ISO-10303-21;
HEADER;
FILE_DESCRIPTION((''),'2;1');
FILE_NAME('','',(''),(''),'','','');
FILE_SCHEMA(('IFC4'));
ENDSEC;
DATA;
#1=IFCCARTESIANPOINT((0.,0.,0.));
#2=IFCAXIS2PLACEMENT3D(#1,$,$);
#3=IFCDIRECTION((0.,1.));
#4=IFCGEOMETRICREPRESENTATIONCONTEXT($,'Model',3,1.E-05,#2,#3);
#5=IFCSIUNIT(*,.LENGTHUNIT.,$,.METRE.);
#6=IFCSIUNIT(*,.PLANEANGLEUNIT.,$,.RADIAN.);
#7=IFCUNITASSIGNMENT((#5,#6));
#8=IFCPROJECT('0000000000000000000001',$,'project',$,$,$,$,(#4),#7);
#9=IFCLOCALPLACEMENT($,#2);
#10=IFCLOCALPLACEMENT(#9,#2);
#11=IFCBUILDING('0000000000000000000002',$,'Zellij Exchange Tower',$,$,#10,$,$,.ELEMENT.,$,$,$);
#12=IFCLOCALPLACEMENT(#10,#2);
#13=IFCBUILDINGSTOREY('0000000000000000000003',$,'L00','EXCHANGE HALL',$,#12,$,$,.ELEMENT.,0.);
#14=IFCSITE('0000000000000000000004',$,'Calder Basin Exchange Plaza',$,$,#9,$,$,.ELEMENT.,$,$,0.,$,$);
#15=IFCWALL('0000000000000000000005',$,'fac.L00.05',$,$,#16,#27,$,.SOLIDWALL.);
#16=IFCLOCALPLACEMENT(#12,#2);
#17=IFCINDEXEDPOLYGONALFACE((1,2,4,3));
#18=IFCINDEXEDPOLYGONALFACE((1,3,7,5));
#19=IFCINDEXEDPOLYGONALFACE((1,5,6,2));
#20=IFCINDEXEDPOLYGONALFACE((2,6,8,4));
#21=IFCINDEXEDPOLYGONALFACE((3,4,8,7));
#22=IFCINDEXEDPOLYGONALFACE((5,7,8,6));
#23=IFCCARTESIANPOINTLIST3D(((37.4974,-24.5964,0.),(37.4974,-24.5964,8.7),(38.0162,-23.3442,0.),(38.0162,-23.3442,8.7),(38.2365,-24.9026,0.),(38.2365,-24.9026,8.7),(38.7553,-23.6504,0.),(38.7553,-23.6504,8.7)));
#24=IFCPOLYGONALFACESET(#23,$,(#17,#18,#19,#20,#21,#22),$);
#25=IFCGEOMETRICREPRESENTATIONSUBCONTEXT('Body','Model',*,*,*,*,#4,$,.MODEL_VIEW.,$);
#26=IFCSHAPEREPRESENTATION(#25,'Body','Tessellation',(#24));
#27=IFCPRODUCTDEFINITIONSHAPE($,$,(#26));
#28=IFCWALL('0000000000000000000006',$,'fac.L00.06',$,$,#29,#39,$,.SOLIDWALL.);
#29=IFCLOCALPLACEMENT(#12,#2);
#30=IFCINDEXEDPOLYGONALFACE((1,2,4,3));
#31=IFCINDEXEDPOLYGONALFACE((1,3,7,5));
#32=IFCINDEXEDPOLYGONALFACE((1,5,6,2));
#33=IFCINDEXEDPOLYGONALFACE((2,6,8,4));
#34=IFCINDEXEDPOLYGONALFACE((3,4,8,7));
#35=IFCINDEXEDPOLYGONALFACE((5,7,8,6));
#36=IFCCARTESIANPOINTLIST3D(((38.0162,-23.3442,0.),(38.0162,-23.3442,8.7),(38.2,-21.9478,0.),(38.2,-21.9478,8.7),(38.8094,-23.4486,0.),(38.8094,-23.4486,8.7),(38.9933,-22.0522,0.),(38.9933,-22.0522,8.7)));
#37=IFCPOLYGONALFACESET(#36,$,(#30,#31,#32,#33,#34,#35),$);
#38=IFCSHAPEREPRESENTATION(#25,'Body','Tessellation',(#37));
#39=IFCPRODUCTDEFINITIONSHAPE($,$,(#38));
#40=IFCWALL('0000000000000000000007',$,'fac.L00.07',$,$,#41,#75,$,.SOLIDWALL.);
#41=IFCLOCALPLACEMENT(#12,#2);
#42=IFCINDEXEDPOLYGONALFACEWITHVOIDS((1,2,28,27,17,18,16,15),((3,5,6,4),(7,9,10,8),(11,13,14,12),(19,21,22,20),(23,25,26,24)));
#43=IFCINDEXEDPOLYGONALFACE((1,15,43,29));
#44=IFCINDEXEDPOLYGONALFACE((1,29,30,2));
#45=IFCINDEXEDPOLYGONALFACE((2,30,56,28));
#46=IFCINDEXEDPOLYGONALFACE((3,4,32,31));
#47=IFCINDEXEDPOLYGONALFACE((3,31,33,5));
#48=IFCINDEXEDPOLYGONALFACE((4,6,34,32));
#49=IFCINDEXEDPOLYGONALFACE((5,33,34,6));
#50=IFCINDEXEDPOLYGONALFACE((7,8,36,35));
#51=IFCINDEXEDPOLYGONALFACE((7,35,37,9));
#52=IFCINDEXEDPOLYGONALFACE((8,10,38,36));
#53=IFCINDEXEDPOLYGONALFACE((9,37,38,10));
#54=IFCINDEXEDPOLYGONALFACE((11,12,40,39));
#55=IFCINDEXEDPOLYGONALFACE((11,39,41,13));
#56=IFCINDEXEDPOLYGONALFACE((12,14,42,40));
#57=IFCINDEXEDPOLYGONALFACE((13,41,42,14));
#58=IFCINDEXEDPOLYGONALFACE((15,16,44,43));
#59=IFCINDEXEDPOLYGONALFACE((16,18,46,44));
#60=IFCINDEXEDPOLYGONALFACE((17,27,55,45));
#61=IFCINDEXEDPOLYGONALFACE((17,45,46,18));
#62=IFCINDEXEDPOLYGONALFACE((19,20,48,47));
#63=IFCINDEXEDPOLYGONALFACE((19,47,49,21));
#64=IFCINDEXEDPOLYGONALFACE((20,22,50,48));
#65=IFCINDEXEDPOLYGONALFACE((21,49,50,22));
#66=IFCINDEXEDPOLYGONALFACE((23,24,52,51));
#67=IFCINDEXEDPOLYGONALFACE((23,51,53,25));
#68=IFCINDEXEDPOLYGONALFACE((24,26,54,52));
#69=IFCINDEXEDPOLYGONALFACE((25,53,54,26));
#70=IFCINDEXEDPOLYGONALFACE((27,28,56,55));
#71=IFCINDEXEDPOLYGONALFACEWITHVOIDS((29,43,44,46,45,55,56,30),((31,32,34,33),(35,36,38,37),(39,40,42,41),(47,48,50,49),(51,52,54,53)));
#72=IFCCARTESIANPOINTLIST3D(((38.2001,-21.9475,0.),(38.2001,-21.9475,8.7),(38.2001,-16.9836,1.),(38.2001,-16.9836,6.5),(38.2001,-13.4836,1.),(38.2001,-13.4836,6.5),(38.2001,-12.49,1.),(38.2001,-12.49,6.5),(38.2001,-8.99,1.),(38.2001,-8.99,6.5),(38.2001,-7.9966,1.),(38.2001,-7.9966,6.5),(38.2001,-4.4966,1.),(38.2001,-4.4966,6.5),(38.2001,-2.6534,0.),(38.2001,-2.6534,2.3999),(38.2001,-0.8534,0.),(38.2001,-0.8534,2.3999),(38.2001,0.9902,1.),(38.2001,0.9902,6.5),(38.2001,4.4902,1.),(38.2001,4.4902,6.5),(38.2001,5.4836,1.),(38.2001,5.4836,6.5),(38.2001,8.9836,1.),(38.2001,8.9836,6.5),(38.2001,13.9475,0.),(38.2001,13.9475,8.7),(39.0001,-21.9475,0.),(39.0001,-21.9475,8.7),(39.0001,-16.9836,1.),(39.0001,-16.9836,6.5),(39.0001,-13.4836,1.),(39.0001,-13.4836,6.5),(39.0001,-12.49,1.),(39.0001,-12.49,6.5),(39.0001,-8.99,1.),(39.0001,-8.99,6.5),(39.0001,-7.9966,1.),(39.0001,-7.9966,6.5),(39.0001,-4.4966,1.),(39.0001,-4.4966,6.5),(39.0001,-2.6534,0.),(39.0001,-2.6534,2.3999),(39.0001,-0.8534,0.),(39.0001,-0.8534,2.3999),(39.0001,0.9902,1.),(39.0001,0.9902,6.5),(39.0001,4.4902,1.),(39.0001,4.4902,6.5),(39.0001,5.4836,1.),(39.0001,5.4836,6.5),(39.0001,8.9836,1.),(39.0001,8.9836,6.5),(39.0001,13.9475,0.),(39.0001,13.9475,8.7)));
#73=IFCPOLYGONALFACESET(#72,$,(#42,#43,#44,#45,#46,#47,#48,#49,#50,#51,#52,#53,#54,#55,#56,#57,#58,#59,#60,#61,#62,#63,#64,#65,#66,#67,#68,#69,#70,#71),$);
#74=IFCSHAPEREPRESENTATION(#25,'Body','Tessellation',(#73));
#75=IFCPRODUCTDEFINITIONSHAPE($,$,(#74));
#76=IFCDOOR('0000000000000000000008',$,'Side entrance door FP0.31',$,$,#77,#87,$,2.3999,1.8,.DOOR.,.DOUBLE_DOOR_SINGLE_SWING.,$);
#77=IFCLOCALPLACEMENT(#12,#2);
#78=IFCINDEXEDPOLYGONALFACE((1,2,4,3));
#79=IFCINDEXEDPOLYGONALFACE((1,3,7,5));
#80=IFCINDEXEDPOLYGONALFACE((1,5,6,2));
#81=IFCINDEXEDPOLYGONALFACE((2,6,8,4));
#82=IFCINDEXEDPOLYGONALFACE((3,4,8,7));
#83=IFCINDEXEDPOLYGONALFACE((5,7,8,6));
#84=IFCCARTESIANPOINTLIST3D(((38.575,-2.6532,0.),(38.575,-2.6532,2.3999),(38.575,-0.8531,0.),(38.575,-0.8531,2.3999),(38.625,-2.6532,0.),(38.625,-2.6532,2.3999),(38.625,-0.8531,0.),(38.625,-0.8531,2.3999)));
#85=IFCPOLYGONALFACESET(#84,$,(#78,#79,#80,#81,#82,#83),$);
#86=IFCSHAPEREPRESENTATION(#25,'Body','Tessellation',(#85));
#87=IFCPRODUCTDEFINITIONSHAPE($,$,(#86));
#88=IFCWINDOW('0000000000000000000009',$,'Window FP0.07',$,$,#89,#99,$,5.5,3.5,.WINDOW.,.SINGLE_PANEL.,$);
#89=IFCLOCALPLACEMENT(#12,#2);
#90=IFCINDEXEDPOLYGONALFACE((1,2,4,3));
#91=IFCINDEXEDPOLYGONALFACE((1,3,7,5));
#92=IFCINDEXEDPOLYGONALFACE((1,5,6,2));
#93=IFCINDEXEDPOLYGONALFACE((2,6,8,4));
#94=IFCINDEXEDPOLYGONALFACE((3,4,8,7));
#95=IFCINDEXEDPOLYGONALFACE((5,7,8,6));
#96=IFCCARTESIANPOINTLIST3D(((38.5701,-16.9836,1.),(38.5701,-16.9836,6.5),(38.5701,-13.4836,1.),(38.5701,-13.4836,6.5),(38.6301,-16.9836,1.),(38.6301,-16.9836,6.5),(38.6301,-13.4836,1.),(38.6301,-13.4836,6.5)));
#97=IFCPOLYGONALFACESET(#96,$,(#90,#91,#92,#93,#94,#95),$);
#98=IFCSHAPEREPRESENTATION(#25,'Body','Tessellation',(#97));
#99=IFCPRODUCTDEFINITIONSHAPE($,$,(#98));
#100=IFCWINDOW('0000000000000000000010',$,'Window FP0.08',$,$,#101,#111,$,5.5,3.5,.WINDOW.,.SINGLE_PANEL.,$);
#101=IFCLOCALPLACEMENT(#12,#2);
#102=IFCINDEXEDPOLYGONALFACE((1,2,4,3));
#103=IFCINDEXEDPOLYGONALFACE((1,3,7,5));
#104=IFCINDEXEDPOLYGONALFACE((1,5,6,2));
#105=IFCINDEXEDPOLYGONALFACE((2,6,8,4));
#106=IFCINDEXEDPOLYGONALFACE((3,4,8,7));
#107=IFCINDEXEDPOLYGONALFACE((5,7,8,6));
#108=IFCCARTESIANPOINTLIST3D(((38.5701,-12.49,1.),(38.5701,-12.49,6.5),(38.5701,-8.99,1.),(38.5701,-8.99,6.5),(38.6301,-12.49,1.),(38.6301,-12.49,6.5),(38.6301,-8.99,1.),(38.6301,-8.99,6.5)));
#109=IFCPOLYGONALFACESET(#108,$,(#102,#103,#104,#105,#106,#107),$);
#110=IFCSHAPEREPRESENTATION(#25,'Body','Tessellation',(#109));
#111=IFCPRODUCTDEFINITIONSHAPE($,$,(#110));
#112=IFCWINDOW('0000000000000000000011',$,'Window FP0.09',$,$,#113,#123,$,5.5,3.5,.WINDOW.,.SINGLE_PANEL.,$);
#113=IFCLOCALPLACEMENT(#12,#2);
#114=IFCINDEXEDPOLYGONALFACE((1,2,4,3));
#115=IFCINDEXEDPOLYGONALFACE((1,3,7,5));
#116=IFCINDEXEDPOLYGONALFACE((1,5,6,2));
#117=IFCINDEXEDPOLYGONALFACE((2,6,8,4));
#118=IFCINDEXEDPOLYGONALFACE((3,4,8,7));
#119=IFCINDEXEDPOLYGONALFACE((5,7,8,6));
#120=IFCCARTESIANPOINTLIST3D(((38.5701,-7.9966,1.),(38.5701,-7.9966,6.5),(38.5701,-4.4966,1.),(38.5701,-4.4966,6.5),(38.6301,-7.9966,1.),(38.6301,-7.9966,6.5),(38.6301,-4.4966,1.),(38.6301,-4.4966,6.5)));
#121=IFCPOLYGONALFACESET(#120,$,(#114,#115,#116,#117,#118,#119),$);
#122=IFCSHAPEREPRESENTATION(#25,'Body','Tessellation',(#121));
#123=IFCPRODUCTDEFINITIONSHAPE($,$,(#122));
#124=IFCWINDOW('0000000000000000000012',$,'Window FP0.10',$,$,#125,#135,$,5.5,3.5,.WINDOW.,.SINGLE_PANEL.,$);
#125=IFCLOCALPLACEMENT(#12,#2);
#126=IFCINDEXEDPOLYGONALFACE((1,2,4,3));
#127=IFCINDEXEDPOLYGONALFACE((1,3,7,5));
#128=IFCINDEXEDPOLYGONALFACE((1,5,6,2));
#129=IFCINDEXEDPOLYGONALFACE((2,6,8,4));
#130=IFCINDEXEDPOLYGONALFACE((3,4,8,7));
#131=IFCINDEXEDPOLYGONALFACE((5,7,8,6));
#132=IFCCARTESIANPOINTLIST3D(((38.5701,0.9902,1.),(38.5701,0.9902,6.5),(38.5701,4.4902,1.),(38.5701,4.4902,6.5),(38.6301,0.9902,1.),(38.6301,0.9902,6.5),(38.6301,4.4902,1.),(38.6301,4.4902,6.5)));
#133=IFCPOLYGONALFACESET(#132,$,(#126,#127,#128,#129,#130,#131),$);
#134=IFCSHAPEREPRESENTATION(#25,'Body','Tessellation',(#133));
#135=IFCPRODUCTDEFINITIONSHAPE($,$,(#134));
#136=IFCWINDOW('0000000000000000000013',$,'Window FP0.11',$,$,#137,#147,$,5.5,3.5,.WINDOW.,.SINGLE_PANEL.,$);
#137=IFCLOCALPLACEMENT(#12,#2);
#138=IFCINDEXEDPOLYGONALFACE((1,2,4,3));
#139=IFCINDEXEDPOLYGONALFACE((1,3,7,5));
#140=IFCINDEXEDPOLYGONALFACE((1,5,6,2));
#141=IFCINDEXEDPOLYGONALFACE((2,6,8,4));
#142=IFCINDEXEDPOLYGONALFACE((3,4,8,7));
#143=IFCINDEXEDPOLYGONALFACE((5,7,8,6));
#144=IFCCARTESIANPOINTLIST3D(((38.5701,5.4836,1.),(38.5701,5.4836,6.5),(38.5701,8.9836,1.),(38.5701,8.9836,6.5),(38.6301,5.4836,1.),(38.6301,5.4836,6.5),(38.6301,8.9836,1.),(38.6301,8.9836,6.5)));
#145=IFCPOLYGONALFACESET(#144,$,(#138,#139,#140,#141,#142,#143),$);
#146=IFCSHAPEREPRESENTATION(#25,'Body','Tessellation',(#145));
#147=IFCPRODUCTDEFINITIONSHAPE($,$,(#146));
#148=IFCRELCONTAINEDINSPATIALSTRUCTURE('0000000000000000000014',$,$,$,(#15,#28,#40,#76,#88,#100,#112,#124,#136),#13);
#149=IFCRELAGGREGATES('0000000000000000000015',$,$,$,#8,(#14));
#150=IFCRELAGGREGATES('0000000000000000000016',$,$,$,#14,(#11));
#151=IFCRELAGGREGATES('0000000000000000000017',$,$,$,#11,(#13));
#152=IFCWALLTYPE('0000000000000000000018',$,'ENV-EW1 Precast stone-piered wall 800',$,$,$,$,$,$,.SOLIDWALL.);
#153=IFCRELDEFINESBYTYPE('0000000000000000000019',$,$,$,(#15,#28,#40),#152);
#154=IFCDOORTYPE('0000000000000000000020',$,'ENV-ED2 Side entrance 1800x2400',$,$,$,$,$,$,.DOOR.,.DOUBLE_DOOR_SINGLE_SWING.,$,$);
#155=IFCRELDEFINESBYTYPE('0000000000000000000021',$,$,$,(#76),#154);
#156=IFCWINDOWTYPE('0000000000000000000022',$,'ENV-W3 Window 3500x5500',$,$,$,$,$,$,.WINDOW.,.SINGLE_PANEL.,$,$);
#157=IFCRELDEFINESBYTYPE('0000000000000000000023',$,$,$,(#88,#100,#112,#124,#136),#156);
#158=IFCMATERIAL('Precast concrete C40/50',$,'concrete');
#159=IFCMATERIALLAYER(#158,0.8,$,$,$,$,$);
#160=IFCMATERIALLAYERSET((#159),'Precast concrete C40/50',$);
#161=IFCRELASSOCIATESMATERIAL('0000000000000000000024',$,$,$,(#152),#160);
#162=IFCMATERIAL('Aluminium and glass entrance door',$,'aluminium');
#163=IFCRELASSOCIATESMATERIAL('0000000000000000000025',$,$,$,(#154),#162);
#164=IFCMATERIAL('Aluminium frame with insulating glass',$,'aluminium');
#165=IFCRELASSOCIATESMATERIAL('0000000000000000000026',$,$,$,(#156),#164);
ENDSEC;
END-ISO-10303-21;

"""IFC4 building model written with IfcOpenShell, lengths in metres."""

from ifc_helpers import new_model, si_unit, direction, frame, frame_2d, origin, place, context, subcontext, project, spatial, rectangle, extrude, material, layer, layer_set, type_object, element, fill, save


model = new_model("IFC4")

# Units and contexts
model_context = context("Model", 3, precision=1e-05, world=origin(), true_north=direction((0.0, 1.0)))
body_context = subcontext(model_context, "Body", "Model", "MODEL_VIEW")
ifc_project = project(units=[si_unit("LENGTHUNIT", "METRE"), si_unit("PLANEANGLEUNIT", "RADIAN")], contexts=[model_context])

# Site, building, storey
site_placement = place(None, origin())
site = spatial("IfcSite", under=ifc_project, at=site_placement, Name="Calder Basin Exchange Plaza", CompositionType="ELEMENT", RefElevation=0.0)
building_placement = place(site_placement, origin())
building = spatial("IfcBuilding", under=site, at=building_placement, Name="Zellij Exchange Tower", CompositionType="ELEMENT")
storey_placement = place(building_placement, origin())
storey = spatial("IfcBuildingStorey", under=building, at=storey_placement, Name="L00", Description="EXCHANGE HALL", CompositionType="ELEMENT", Elevation=0.0)

# Walls
ifc_material_1 = material(Name="Precast concrete C40/50", Category="concrete")
ifc_layer = layer(ifc_material_1, 0.8)
ifc_layer_set = layer_set([ifc_layer], Name="Precast concrete C40/50")
wall_type = type_object("IfcWallType", Name="ENV-EW1 Precast stone-piered wall 800", PredefinedType="SOLIDWALL", material=ifc_layer_set)
wall_1_placement = place(storey_placement, frame((37.8669, -24.7495, 0.0), z_axis=(0.0, 0.0, 1.0), x_axis=(0.38276, 0.923848, 0.0)))
element("IfcWall", 1, at=wall_1_placement, inside=storey, type_object=wall_type, Name="fac.L00.05", PredefinedType="SOLIDWALL", context=body_context, shape_type="SweptSolid", body=[
    extrude(rectangle(XDim=1.3555, YDim=0.8, at=frame_2d((0.6777, 0.0))), origin(), (0.0, 0.0, 1.0), 8.7),
])
wall_2_placement = place(storey_placement, frame((38.4128, -23.3962, 0.0), z_axis=(0.0, 0.0, 1.0), x_axis=(0.130517, 0.991446, 0.0)))
element("IfcWall", 2, at=wall_2_placement, inside=storey, type_object=wall_type, Name="fac.L00.06", PredefinedType="SOLIDWALL", context=body_context, shape_type="SweptSolid", body=[
    extrude(rectangle(XDim=1.4084, YDim=0.8, at=frame_2d((0.7041, 0.0))), origin(), (0.0, 0.0, 1.0), 8.7),
])

# Wall, openings, door, windows
wall_3_placement = place(storey_placement, frame((38.6001, -21.9475, 0.0), z_axis=(0.0, 0.0, 1.0), x_axis=(0.0, 1.0, 0.0)))
wall_3 = element("IfcWall", 3, at=wall_3_placement, inside=storey, type_object=wall_type, Name="fac.L00.07", PredefinedType="SOLIDWALL", context=body_context, shape_type="SweptSolid", body=[
    extrude(rectangle(XDim=35.895, YDim=0.8, at=frame_2d((17.9475, 0.0))), origin(), (0.0, 0.0, 1.0), 8.7),
])
opening_1_placement = place(wall_3_placement, frame((4.9639, 0.0, 1.0)))
opening_1 = element("IfcOpeningElement", 4, at=opening_1_placement, cuts=wall_3, PredefinedType="OPENING", context=body_context, shape_type="SweptSolid", body=[
    extrude(rectangle(XDim=3.5, YDim=5.5, at=frame_2d((1.75, 2.75))), frame((0.0, 0.4121, 0.0), z_axis=(0.0, -1.0, 0.0), x_axis=(1.0, 0.0, 0.0)), (0.0, 0.0, 1.0), 0.824),
])
opening_2_placement = place(wall_3_placement, frame((9.4575, 0.0, 1.0)))
opening_2 = element("IfcOpeningElement", 5, at=opening_2_placement, cuts=wall_3, PredefinedType="OPENING", context=body_context, shape_type="SweptSolid", body=[
    extrude(rectangle(XDim=3.5, YDim=5.5, at=frame_2d((1.75, 2.75))), frame((0.0, 0.4121, 0.0), z_axis=(0.0, -1.0, 0.0), x_axis=(1.0, 0.0, 0.0)), (0.0, 0.0, 1.0), 0.824),
])
opening_3_placement = place(wall_3_placement, frame((13.9509, 0.0, 1.0)))
opening_3 = element("IfcOpeningElement", 6, at=opening_3_placement, cuts=wall_3, PredefinedType="OPENING", context=body_context, shape_type="SweptSolid", body=[
    extrude(rectangle(XDim=3.5, YDim=5.5, at=frame_2d((1.75, 2.75))), frame((0.0, 0.4121, 0.0), z_axis=(0.0, -1.0, 0.0), x_axis=(1.0, 0.0, 0.0)), (0.0, 0.0, 1.0), 0.824),
])
opening_4_placement = place(wall_3_placement, frame((22.9377, 0.0, 1.0)))
opening_4 = element("IfcOpeningElement", 7, at=opening_4_placement, cuts=wall_3, PredefinedType="OPENING", context=body_context, shape_type="SweptSolid", body=[
    extrude(rectangle(XDim=3.5, YDim=5.5, at=frame_2d((1.75, 2.75))), frame((0.0, 0.4121, 0.0), z_axis=(0.0, -1.0, 0.0), x_axis=(1.0, 0.0, 0.0)), (0.0, 0.0, 1.0), 0.824),
])
opening_5_placement = place(wall_3_placement, frame((27.4312, 0.0, 1.0)))
opening_5 = element("IfcOpeningElement", 8, at=opening_5_placement, cuts=wall_3, PredefinedType="OPENING", context=body_context, shape_type="SweptSolid", body=[
    extrude(rectangle(XDim=3.5, YDim=5.5, at=frame_2d((1.75, 2.75))), frame((0.0, 0.4121, 0.0), z_axis=(0.0, -1.0, 0.0), x_axis=(1.0, 0.0, 0.0)), (0.0, 0.0, 1.0), 0.824),
])
opening_6_placement = place(wall_3_placement, frame((19.2942, 0.0, 0.0)))
opening_6 = element("IfcOpeningElement", 9, at=opening_6_placement, cuts=wall_3, PredefinedType="OPENING", context=body_context, shape_type="SweptSolid", body=[
    extrude(rectangle(XDim=1.8, YDim=2.3999, at=frame_2d((0.8999, 1.2))), frame((0.0, 0.4121, 0.0), z_axis=(0.0, -1.0, 0.0), x_axis=(1.0, 0.0, 0.0)), (0.0, 0.0, 1.0), 0.824),
])
ifc_material_2 = material(Name="Aluminium and glass entrance door", Category="aluminium")
door_type = type_object("IfcDoorType", Name="ENV-ED2 Side entrance 1800x2400", OperationType="DOUBLE_DOOR_SINGLE_SWING", PredefinedType="DOOR", material=ifc_material_2)
door_placement = place(opening_6_placement, frame((1.8, 0.0, 0.0), z_axis=(0.0, 0.0, 1.0), x_axis=(-1.0, 0.0, 0.0)))
door = element("IfcDoor", 10, at=door_placement, inside=storey, type_object=door_type, Name="Side entrance door FP0.31", OperationType="DOUBLE_DOOR_SINGLE_SWING", OverallHeight=2.3999, OverallWidth=1.8, PredefinedType="DOOR", context=body_context, shape_type="SweptSolid", body=[
    extrude(rectangle(XDim=1.8, YDim=2.3999, at=frame_2d((0.8999, 1.2))), frame((0.0, 0.0249, 0.0), z_axis=(0.0, -1.0, 0.0), x_axis=(1.0, 0.0, 0.0)), (0.0, 0.0, 1.0), 0.05),
])
fill(opening_6, door)
ifc_material_3 = material(Name="Aluminium frame with insulating glass", Category="aluminium")
window_type = type_object("IfcWindowType", Name="ENV-W3 Window 3500x5500", PartitioningType="SINGLE_PANEL", PredefinedType="WINDOW", material=ifc_material_3)
window_1_placement = place(opening_1_placement, origin())
window_1 = element("IfcWindow", 11, at=window_1_placement, inside=storey, type_object=window_type, Name="Window FP0.07", OverallHeight=5.5, OverallWidth=3.5, PartitioningType="SINGLE_PANEL", PredefinedType="WINDOW", context=body_context, shape_type="SweptSolid", body=[
    extrude(rectangle(XDim=3.5, YDim=5.5, at=frame_2d((1.75, 2.75))), frame((0.0, 0.03, 0.0), z_axis=(0.0, -1.0, 0.0), x_axis=(1.0, 0.0, 0.0)), (0.0, 0.0, 1.0), 0.0601),
])
fill(opening_1, window_1)
window_2_placement = place(opening_2_placement, origin())
window_2 = element("IfcWindow", 12, at=window_2_placement, inside=storey, type_object=window_type, Name="Window FP0.08", OverallHeight=5.5, OverallWidth=3.5, PartitioningType="SINGLE_PANEL", PredefinedType="WINDOW", context=body_context, shape_type="SweptSolid", body=[
    extrude(rectangle(XDim=3.5, YDim=5.5, at=frame_2d((1.75, 2.75))), frame((0.0, 0.03, 0.0), z_axis=(0.0, -1.0, 0.0), x_axis=(1.0, 0.0, 0.0)), (0.0, 0.0, 1.0), 0.0601),
])
fill(opening_2, window_2)
window_3_placement = place(opening_3_placement, origin())
window_3 = element("IfcWindow", 13, at=window_3_placement, inside=storey, type_object=window_type, Name="Window FP0.09", OverallHeight=5.5, OverallWidth=3.5, PartitioningType="SINGLE_PANEL", PredefinedType="WINDOW", context=body_context, shape_type="SweptSolid", body=[
    extrude(rectangle(XDim=3.5, YDim=5.5, at=frame_2d((1.75, 2.75))), frame((0.0, 0.03, 0.0), z_axis=(0.0, -1.0, 0.0), x_axis=(1.0, 0.0, 0.0)), (0.0, 0.0, 1.0), 0.0601),
])
fill(opening_3, window_3)
window_4_placement = place(opening_4_placement, origin())
window_4 = element("IfcWindow", 14, at=window_4_placement, inside=storey, type_object=window_type, Name="Window FP0.10", OverallHeight=5.5, OverallWidth=3.5, PartitioningType="SINGLE_PANEL", PredefinedType="WINDOW", context=body_context, shape_type="SweptSolid", body=[
    extrude(rectangle(XDim=3.5, YDim=5.5, at=frame_2d((1.75, 2.75))), frame((0.0, 0.03, 0.0), z_axis=(0.0, -1.0, 0.0), x_axis=(1.0, 0.0, 0.0)), (0.0, 0.0, 1.0), 0.0601),
])
fill(opening_4, window_4)
window_5_placement = place(opening_5_placement, origin())
window_5 = element("IfcWindow", 15, at=window_5_placement, inside=storey, type_object=window_type, Name="Window FP0.11", OverallHeight=5.5, OverallWidth=3.5, PartitioningType="SINGLE_PANEL", PredefinedType="WINDOW", context=body_context, shape_type="SweptSolid", body=[
    extrude(rectangle(XDim=3.5, YDim=5.5, at=frame_2d((1.75, 2.75))), frame((0.0, 0.03, 0.0), z_axis=(0.0, -1.0, 0.0), x_axis=(1.0, 0.0, 0.0)), (0.0, 0.0, 1.0), 0.0601),
])
fill(opening_5, window_5)

save(model, "model.ifc")
